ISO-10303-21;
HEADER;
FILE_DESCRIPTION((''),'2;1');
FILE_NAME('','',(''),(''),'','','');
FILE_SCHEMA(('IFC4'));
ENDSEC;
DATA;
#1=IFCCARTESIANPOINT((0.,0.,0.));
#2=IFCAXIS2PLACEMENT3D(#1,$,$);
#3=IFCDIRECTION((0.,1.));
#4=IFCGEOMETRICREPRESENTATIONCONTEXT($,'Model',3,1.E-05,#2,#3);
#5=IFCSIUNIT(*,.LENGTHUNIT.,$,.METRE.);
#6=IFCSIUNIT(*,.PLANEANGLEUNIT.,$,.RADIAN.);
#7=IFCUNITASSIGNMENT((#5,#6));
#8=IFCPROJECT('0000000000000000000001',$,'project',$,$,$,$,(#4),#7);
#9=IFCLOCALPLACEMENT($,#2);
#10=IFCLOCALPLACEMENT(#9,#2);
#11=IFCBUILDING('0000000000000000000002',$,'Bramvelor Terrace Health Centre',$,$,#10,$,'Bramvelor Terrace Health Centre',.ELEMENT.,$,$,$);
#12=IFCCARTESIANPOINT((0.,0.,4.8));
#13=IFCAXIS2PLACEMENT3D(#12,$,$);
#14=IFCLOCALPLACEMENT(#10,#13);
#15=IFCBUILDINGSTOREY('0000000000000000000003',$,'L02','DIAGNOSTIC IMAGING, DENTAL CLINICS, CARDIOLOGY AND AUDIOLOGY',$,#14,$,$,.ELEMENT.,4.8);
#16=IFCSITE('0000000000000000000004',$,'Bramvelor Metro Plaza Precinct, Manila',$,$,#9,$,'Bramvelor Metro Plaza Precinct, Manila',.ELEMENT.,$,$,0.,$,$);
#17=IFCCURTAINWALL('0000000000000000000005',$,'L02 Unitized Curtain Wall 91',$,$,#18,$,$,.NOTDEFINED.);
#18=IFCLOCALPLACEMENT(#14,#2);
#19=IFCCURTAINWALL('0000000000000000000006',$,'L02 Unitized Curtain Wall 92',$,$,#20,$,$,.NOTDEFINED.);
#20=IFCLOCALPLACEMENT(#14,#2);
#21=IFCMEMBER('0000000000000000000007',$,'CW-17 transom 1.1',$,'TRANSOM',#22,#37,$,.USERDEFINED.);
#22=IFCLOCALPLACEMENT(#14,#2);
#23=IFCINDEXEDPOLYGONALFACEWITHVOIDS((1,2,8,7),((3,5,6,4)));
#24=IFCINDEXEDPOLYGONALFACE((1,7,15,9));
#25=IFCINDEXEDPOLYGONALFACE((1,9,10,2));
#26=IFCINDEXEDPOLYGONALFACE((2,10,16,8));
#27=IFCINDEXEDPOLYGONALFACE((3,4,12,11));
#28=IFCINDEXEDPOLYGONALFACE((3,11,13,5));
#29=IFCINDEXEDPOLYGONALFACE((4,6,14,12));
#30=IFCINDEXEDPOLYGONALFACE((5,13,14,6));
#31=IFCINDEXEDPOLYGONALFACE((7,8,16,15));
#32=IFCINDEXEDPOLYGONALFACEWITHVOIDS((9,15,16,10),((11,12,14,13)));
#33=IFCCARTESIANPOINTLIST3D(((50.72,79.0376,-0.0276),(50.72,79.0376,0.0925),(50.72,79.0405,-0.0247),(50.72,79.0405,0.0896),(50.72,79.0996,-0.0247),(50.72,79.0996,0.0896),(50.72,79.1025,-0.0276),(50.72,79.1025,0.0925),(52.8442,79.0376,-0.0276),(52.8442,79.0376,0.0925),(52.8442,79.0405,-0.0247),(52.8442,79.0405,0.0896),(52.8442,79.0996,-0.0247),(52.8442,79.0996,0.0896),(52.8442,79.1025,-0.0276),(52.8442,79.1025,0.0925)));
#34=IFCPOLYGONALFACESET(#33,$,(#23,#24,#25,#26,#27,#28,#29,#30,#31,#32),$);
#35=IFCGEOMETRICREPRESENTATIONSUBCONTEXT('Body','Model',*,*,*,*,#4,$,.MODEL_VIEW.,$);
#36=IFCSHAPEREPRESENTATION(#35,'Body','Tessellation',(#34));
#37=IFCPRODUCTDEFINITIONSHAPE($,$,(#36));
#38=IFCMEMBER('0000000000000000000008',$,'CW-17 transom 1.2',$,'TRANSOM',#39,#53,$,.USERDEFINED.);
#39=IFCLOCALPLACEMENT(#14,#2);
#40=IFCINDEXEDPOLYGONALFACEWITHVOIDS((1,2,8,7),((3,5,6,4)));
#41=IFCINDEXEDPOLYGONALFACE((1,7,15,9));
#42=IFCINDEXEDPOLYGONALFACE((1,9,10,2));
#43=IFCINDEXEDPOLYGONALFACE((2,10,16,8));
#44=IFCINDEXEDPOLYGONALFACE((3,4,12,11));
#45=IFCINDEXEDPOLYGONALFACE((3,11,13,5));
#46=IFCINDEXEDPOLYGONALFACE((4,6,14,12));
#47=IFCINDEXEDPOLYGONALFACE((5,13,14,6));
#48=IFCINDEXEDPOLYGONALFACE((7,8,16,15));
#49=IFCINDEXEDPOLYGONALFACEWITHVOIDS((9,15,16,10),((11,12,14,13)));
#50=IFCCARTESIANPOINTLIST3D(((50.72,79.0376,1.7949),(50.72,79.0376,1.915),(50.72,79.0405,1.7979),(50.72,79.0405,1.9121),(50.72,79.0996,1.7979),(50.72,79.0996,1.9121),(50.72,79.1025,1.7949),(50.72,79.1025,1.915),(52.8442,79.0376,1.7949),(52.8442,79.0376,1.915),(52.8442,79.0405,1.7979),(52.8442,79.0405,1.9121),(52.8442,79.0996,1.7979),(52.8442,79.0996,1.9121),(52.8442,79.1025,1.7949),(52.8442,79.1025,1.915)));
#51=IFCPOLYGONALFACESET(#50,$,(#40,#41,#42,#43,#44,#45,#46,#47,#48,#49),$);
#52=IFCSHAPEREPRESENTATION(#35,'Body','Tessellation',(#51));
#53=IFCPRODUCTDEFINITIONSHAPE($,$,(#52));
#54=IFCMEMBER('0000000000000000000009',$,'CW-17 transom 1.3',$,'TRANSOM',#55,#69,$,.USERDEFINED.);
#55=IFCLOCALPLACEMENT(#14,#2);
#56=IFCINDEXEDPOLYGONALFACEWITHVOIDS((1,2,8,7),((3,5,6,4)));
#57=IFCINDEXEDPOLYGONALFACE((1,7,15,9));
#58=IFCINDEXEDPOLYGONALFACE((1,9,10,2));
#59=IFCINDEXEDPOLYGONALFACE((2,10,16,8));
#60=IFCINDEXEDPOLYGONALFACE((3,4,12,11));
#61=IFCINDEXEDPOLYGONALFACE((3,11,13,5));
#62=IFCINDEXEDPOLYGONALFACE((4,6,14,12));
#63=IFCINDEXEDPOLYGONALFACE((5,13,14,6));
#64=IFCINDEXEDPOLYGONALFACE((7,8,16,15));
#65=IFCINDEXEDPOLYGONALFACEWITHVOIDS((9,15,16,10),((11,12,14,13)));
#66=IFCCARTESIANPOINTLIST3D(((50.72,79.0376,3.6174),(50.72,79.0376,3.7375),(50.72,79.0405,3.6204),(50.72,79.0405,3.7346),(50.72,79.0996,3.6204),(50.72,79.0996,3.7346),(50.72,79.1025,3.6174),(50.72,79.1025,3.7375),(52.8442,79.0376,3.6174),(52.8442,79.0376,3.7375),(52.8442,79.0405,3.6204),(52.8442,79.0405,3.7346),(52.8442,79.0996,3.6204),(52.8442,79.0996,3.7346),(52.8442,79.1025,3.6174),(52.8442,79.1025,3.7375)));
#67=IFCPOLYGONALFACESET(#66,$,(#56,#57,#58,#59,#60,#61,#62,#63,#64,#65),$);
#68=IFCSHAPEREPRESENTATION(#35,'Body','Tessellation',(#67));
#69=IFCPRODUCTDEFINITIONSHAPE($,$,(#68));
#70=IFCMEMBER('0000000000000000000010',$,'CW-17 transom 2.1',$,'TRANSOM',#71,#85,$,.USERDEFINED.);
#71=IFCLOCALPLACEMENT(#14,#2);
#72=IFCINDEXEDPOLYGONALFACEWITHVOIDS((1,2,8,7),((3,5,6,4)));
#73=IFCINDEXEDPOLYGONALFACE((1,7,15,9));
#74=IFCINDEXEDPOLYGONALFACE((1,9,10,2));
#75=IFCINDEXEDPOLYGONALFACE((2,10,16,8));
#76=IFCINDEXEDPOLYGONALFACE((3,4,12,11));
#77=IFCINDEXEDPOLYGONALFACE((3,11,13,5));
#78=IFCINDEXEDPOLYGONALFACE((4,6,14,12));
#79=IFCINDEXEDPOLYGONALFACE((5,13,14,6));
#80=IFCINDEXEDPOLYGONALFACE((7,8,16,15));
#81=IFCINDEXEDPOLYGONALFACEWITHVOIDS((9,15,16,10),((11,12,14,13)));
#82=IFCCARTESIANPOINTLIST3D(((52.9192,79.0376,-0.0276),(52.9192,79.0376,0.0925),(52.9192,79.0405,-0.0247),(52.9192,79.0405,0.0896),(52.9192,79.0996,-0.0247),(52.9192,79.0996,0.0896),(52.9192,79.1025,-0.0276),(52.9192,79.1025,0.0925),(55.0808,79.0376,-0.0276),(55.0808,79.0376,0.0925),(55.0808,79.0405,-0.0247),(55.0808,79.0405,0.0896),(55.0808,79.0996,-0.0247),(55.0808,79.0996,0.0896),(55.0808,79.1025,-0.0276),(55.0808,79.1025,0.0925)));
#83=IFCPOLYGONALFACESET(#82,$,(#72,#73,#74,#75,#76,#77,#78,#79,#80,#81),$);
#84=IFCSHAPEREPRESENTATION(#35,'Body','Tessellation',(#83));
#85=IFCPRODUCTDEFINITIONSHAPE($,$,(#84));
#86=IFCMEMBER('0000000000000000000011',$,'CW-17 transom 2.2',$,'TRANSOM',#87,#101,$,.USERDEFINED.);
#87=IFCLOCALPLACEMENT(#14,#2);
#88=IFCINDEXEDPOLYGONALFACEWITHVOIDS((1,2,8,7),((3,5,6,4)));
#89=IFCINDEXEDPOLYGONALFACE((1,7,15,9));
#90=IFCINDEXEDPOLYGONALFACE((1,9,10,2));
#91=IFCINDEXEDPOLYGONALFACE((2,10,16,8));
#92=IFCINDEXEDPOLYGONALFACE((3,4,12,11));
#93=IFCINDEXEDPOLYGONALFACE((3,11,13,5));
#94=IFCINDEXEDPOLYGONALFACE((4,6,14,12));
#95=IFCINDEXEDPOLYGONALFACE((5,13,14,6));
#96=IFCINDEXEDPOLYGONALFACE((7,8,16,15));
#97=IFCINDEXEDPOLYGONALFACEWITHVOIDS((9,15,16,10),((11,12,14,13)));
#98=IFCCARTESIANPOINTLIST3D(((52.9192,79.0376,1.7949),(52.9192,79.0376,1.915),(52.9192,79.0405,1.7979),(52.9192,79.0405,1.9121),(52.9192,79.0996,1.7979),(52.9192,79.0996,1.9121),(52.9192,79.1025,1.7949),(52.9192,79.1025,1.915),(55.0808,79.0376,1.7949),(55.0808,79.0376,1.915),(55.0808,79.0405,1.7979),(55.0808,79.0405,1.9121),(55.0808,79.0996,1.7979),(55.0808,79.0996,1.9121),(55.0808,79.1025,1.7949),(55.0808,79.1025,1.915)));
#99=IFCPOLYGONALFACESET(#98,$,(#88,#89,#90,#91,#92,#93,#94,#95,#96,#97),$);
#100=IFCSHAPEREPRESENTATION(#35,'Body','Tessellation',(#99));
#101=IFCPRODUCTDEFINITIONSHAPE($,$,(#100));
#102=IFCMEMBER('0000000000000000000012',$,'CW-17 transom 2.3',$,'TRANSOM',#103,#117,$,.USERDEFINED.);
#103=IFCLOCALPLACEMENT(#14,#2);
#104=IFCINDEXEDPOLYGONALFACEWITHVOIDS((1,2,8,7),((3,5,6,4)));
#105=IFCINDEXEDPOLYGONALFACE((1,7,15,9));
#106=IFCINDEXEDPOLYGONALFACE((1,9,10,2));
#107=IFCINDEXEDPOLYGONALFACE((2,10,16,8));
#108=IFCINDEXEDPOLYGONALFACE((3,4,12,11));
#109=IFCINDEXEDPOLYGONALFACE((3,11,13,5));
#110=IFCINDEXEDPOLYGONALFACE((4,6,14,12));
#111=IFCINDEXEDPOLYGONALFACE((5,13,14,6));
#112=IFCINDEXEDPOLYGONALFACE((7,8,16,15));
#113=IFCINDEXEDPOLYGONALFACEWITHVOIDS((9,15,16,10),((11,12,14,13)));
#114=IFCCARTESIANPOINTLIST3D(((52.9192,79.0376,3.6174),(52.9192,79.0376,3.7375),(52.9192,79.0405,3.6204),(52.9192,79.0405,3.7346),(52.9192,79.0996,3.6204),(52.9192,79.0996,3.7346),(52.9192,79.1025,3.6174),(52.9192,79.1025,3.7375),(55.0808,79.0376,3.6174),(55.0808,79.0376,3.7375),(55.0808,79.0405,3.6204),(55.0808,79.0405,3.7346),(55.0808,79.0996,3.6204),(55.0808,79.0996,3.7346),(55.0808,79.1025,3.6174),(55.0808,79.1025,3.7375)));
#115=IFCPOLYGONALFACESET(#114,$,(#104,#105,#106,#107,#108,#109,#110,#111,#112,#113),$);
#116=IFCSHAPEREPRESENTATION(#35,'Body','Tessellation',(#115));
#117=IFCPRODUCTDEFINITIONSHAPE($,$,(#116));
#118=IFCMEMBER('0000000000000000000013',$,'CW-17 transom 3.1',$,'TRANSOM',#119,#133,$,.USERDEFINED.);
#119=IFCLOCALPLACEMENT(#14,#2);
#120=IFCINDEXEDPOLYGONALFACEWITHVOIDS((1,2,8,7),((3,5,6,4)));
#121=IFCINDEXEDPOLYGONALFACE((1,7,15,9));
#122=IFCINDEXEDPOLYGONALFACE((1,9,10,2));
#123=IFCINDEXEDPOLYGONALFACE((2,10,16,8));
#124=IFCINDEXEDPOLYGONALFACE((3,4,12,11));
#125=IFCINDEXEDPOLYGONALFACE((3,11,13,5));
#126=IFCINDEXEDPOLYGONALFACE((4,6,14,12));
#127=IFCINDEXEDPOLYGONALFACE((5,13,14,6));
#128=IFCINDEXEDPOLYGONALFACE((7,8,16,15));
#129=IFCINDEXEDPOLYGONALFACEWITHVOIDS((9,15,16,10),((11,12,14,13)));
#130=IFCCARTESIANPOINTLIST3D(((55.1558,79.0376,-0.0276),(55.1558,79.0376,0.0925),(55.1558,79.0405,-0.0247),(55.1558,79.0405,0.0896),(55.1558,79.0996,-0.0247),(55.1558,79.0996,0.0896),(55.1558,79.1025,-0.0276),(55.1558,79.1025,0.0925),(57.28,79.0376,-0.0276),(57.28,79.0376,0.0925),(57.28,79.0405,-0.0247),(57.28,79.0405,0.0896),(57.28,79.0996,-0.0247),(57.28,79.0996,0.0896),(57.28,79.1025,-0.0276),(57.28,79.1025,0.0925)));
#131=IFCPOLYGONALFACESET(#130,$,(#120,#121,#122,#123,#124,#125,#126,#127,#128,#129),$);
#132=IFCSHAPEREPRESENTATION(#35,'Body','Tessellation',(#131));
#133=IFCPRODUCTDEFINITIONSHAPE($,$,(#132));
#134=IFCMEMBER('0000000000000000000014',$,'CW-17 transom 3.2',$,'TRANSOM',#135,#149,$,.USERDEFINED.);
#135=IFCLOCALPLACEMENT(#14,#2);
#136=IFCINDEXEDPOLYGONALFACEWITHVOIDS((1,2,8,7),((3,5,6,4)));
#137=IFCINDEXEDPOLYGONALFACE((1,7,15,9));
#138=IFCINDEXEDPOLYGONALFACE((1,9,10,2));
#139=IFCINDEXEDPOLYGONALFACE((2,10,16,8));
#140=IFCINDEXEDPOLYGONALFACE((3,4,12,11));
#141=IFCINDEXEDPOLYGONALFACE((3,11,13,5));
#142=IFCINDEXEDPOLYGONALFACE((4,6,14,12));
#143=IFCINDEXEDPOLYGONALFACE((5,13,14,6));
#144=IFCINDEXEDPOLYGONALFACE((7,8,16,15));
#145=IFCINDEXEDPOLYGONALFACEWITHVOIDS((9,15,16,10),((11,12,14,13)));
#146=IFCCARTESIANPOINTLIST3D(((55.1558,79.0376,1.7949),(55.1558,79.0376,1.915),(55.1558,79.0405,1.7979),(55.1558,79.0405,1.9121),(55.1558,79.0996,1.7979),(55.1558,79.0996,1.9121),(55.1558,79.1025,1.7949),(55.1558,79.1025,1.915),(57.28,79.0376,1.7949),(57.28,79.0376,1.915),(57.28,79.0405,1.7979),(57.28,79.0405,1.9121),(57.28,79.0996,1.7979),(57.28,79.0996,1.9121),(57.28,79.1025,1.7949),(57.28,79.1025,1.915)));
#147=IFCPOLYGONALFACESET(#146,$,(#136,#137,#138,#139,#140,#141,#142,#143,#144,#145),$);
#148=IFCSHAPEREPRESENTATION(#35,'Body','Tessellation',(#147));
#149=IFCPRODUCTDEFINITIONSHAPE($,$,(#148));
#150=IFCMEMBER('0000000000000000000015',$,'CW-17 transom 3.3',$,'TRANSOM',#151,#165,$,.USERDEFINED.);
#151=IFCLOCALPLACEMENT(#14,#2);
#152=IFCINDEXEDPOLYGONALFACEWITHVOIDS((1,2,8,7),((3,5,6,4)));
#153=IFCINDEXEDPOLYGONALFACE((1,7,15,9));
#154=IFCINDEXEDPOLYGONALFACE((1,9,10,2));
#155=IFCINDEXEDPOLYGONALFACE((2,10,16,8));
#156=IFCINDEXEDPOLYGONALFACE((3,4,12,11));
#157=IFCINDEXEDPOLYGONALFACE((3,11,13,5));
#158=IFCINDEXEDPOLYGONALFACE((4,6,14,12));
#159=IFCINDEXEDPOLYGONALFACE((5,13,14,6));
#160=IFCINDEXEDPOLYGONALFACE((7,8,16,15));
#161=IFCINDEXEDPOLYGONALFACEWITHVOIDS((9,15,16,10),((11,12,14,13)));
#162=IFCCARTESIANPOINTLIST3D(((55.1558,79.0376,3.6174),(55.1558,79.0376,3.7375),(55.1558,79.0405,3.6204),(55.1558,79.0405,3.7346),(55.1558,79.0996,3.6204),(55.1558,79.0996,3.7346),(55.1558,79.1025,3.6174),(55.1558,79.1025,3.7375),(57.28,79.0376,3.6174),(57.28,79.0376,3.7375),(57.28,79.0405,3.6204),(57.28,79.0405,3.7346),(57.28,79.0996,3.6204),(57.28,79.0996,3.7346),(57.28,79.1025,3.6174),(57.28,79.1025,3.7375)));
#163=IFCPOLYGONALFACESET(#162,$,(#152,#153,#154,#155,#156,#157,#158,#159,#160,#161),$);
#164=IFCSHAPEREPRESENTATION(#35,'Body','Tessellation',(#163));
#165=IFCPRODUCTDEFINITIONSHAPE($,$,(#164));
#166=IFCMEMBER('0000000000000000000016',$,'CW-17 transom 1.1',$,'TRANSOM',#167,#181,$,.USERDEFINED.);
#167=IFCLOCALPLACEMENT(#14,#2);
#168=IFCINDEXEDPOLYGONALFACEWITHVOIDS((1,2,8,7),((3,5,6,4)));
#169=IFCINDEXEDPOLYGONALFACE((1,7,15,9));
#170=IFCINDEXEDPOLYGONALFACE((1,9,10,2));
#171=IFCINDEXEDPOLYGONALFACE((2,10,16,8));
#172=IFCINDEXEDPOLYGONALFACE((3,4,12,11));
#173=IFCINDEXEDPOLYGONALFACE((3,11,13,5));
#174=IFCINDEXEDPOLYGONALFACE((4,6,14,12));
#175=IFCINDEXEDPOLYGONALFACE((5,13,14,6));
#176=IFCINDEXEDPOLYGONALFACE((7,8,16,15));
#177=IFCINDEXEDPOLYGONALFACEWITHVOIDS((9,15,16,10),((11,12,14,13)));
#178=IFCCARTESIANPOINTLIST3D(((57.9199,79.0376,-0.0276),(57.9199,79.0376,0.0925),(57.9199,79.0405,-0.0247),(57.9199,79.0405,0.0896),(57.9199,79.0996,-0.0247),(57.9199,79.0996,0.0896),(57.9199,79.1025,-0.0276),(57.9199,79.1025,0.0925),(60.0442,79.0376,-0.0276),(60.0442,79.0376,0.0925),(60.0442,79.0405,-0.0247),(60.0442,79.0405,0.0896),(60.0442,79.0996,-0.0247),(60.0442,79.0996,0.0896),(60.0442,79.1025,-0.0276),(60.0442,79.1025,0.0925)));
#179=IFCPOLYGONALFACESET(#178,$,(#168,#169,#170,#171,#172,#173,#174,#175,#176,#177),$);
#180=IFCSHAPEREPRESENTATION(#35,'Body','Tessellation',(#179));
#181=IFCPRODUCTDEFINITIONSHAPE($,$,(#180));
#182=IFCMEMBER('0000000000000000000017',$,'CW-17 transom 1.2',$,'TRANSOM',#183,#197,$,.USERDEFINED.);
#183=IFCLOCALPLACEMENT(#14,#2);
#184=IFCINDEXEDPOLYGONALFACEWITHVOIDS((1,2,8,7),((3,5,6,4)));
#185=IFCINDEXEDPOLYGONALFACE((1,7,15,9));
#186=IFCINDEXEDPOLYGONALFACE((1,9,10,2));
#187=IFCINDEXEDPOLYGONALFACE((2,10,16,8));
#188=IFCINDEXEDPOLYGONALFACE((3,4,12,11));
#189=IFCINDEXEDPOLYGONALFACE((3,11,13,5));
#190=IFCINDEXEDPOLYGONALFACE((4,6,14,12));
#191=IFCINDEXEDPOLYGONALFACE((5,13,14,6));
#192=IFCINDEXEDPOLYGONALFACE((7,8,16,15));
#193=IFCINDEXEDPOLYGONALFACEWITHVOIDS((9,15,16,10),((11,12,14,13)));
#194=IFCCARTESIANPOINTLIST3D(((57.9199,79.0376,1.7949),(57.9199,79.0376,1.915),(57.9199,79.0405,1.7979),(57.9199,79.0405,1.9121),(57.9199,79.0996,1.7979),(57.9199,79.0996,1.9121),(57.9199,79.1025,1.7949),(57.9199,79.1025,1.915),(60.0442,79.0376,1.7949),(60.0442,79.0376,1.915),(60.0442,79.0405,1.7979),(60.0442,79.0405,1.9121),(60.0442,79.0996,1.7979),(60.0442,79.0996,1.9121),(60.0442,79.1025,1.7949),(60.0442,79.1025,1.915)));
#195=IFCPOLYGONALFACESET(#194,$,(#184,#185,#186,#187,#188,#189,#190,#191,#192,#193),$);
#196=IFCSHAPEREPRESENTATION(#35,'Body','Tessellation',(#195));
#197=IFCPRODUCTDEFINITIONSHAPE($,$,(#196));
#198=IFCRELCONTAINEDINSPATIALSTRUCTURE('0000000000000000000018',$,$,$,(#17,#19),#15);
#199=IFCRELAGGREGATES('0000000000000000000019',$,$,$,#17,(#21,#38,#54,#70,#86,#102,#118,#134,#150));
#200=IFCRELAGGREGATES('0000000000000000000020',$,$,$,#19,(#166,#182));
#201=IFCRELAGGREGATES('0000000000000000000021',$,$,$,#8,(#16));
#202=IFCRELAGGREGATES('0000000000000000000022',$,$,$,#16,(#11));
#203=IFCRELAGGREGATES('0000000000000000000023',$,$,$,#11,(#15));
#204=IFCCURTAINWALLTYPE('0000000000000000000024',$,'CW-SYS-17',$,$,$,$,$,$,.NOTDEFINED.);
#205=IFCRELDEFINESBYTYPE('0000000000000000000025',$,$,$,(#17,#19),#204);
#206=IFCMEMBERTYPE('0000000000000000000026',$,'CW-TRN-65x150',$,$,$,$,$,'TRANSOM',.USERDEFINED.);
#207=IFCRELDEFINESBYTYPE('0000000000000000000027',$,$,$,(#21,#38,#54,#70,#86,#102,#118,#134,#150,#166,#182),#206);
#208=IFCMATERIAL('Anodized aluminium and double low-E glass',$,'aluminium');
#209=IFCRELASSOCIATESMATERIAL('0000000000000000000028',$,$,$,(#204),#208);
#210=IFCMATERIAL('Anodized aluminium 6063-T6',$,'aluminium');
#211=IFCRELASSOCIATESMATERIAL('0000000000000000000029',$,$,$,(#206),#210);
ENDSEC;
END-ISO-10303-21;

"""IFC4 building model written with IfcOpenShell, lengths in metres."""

from ifc_helpers import new_model, si_unit, direction, frame, origin, origin_2d, place, context, subcontext, project, spatial, hollow_rectangle, extrude, material, material_profile, profile_set, type_object, element, aggregate, save


model = new_model("IFC4")

# Units and contexts
model_context = context("Model", 3, precision=1e-05, world=origin(), true_north=direction((0.0, 1.0)))
body_context = subcontext(model_context, "Body", "Model", "MODEL_VIEW")
ifc_project = project(units=[si_unit("LENGTHUNIT", "METRE"), si_unit("PLANEANGLEUNIT", "RADIAN")], contexts=[model_context])

# Site, building, storey
site_placement = place(None, origin())
site = spatial("IfcSite", under=ifc_project, at=site_placement, Name="Bramvelor Metro Plaza Precinct, Manila", LongName="Bramvelor Metro Plaza Precinct, Manila", CompositionType="ELEMENT", RefElevation=0.0)
building_placement = place(site_placement, origin())
building = spatial("IfcBuilding", under=site, at=building_placement, Name="Bramvelor Terrace Health Centre", LongName="Bramvelor Terrace Health Centre", CompositionType="ELEMENT")
storey_placement = place(building_placement, frame((0.0, 0.0, 4.8)))
storey = spatial("IfcBuildingStorey", under=building, at=storey_placement, Name="L02", Description="DIAGNOSTIC IMAGING, DENTAL CLINICS, CARDIOLOGY AND AUDIOLOGY", CompositionType="ELEMENT", Elevation=4.8)

# Curtain walls
ifc_material_1 = material(Name="Anodized aluminium and double low-E glass", Category="aluminium")
curtain_wall_type = type_object("IfcCurtainWallType", Name="CW-SYS-17", PredefinedType="NOTDEFINED", material=ifc_material_1)
curtain_wall_1_placement = place(storey_placement, origin())
curtain_wall_1 = element("IfcCurtainWall", 1, at=curtain_wall_1_placement, inside=storey, type_object=curtain_wall_type, Name="L02 Unitized Curtain Wall 91", PredefinedType="NOTDEFINED")
curtain_wall_2_placement = place(storey_placement, origin())
curtain_wall_2 = element("IfcCurtainWall", 2, at=curtain_wall_2_placement, inside=storey, type_object=curtain_wall_type, Name="L02 Unitized Curtain Wall 92", PredefinedType="NOTDEFINED")

# Members
ifc_material_2 = material(Name="Anodized aluminium 6063-T6", Category="aluminium")
ifc_material_profile_1 = material_profile(ifc_material_2, hollow_rectangle(XDim=0.0649, YDim=0.1201, WallThickness=0.0029, at=origin_2d()), Name="ALU-TRN 65x120x3.0")
ifc_profile_set_1 = profile_set([ifc_material_profile_1], Name="Anodized aluminium 6063-T6")
member_type_1 = type_object("IfcMemberType", Name="CW-TRN-65x150", ElementType="TRANSOM", PredefinedType="USERDEFINED", material=ifc_profile_set_1)
member_1_placement = place(storey_placement, frame((50.72, 79.0701, 0.0325), z_axis=(1.0, 0.0, 0.0), x_axis=(0.0, 1.0, 0.0)))
member_1 = element("IfcMember", 3, at=member_1_placement, type_object=member_type_1, Name="CW-17 transom 1.1", ObjectType="TRANSOM", PredefinedType="USERDEFINED", context=body_context, shape_type="SweptSolid", body=[
    extrude(hollow_rectangle(XDim=0.0649, YDim=0.1201, WallThickness=0.0029, at=origin_2d()), origin(), (0.0, 0.0, 1.0), 2.1243),
])
member_2_placement = place(storey_placement, frame((50.72, 79.0701, 1.855), z_axis=(1.0, 0.0, 0.0), x_axis=(0.0, 1.0, 0.0)))
member_2 = element("IfcMember", 4, at=member_2_placement, type_object=member_type_1, Name="CW-17 transom 1.2", ObjectType="TRANSOM", PredefinedType="USERDEFINED", context=body_context, shape_type="SweptSolid", body=[
    extrude(hollow_rectangle(XDim=0.0649, YDim=0.1201, WallThickness=0.0029, at=origin_2d()), origin(), (0.0, 0.0, 1.0), 2.1243),
])
member_3_placement = place(storey_placement, frame((50.72, 79.0701, 3.6775), z_axis=(1.0, 0.0, 0.0), x_axis=(0.0, 1.0, 0.0)))
member_3 = element("IfcMember", 5, at=member_3_placement, type_object=member_type_1, Name="CW-17 transom 1.3", ObjectType="TRANSOM", PredefinedType="USERDEFINED", context=body_context, shape_type="SweptSolid", body=[
    extrude(hollow_rectangle(XDim=0.0649, YDim=0.1201, WallThickness=0.0029, at=origin_2d()), origin(), (0.0, 0.0, 1.0), 2.1243),
])
member_4_placement = place(storey_placement, frame((52.9192, 79.0701, 0.0325), z_axis=(1.0, 0.0, 0.0), x_axis=(0.0, 1.0, 0.0)))
member_4 = element("IfcMember", 6, at=member_4_placement, type_object=member_type_1, Name="CW-17 transom 2.1", ObjectType="TRANSOM", PredefinedType="USERDEFINED", context=body_context, shape_type="SweptSolid", body=[
    extrude(hollow_rectangle(XDim=0.0649, YDim=0.1201, WallThickness=0.0029, at=origin_2d()), origin(), (0.0, 0.0, 1.0), 2.1616),
])
member_5_placement = place(storey_placement, frame((52.9192, 79.0701, 1.855), z_axis=(1.0, 0.0, 0.0), x_axis=(0.0, 1.0, 0.0)))
member_5 = element("IfcMember", 7, at=member_5_placement, type_object=member_type_1, Name="CW-17 transom 2.2", ObjectType="TRANSOM", PredefinedType="USERDEFINED", context=body_context, shape_type="SweptSolid", body=[
    extrude(hollow_rectangle(XDim=0.0649, YDim=0.1201, WallThickness=0.0029, at=origin_2d()), origin(), (0.0, 0.0, 1.0), 2.1616),
])
member_6_placement = place(storey_placement, frame((52.9192, 79.0701, 3.6775), z_axis=(1.0, 0.0, 0.0), x_axis=(0.0, 1.0, 0.0)))
member_6 = element("IfcMember", 8, at=member_6_placement, type_object=member_type_1, Name="CW-17 transom 2.3", ObjectType="TRANSOM", PredefinedType="USERDEFINED", context=body_context, shape_type="SweptSolid", body=[
    extrude(hollow_rectangle(XDim=0.0649, YDim=0.1201, WallThickness=0.0029, at=origin_2d()), origin(), (0.0, 0.0, 1.0), 2.1616),
])
member_7_placement = place(storey_placement, frame((55.1558, 79.0701, 0.0325), z_axis=(1.0, 0.0, 0.0), x_axis=(0.0, 1.0, 0.0)))
member_7 = element("IfcMember", 9, at=member_7_placement, type_object=member_type_1, Name="CW-17 transom 3.1", ObjectType="TRANSOM", PredefinedType="USERDEFINED", context=body_context, shape_type="SweptSolid", body=[
    extrude(hollow_rectangle(XDim=0.0649, YDim=0.1201, WallThickness=0.0029, at=origin_2d()), origin(), (0.0, 0.0, 1.0), 2.1243),
])
member_8_placement = place(storey_placement, frame((55.1558, 79.0701, 1.855), z_axis=(1.0, 0.0, 0.0), x_axis=(0.0, 1.0, 0.0)))
member_8 = element("IfcMember", 10, at=member_8_placement, type_object=member_type_1, Name="CW-17 transom 3.2", ObjectType="TRANSOM", PredefinedType="USERDEFINED", context=body_context, shape_type="SweptSolid", body=[
    extrude(hollow_rectangle(XDim=0.0649, YDim=0.1201, WallThickness=0.0029, at=origin_2d()), origin(), (0.0, 0.0, 1.0), 2.1243),
])
member_9_placement = place(storey_placement, frame((55.1558, 79.0701, 3.6775), z_axis=(1.0, 0.0, 0.0), x_axis=(0.0, 1.0, 0.0)))
member_9 = element("IfcMember", 11, at=member_9_placement, type_object=member_type_1, Name="CW-17 transom 3.3", ObjectType="TRANSOM", PredefinedType="USERDEFINED", context=body_context, shape_type="SweptSolid", body=[
    extrude(hollow_rectangle(XDim=0.0649, YDim=0.1201, WallThickness=0.0029, at=origin_2d()), origin(), (0.0, 0.0, 1.0), 2.1243),
])
member_10_placement = place(storey_placement, frame((57.9199, 79.0701, 0.0325), z_axis=(1.0, 0.0, 0.0), x_axis=(0.0, 1.0, 0.0)))
member_10 = element("IfcMember", 12, at=member_10_placement, type_object=member_type_1, Name="CW-17 transom 1.1", ObjectType="TRANSOM", PredefinedType="USERDEFINED", context=body_context, shape_type="SweptSolid", body=[
    extrude(hollow_rectangle(XDim=0.0649, YDim=0.1201, WallThickness=0.0029, at=origin_2d()), origin(), (0.0, 0.0, 1.0), 2.1243),
])
member_11_placement = place(storey_placement, frame((57.9199, 79.0701, 1.855), z_axis=(1.0, 0.0, 0.0), x_axis=(0.0, 1.0, 0.0)))
member_11 = element("IfcMember", 13, at=member_11_placement, type_object=member_type_1, Name="CW-17 transom 1.2", ObjectType="TRANSOM", PredefinedType="USERDEFINED", context=body_context, shape_type="SweptSolid", body=[
    extrude(hollow_rectangle(XDim=0.0649, YDim=0.1201, WallThickness=0.0029, at=origin_2d()), origin(), (0.0, 0.0, 1.0), 2.1243),
])

aggregate(curtain_wall_1, [member_1, member_2, member_3, member_4, member_5, member_6, member_7, member_8, member_9])
aggregate(curtain_wall_2, [member_10, member_11])

save(model, "model.ifc")
